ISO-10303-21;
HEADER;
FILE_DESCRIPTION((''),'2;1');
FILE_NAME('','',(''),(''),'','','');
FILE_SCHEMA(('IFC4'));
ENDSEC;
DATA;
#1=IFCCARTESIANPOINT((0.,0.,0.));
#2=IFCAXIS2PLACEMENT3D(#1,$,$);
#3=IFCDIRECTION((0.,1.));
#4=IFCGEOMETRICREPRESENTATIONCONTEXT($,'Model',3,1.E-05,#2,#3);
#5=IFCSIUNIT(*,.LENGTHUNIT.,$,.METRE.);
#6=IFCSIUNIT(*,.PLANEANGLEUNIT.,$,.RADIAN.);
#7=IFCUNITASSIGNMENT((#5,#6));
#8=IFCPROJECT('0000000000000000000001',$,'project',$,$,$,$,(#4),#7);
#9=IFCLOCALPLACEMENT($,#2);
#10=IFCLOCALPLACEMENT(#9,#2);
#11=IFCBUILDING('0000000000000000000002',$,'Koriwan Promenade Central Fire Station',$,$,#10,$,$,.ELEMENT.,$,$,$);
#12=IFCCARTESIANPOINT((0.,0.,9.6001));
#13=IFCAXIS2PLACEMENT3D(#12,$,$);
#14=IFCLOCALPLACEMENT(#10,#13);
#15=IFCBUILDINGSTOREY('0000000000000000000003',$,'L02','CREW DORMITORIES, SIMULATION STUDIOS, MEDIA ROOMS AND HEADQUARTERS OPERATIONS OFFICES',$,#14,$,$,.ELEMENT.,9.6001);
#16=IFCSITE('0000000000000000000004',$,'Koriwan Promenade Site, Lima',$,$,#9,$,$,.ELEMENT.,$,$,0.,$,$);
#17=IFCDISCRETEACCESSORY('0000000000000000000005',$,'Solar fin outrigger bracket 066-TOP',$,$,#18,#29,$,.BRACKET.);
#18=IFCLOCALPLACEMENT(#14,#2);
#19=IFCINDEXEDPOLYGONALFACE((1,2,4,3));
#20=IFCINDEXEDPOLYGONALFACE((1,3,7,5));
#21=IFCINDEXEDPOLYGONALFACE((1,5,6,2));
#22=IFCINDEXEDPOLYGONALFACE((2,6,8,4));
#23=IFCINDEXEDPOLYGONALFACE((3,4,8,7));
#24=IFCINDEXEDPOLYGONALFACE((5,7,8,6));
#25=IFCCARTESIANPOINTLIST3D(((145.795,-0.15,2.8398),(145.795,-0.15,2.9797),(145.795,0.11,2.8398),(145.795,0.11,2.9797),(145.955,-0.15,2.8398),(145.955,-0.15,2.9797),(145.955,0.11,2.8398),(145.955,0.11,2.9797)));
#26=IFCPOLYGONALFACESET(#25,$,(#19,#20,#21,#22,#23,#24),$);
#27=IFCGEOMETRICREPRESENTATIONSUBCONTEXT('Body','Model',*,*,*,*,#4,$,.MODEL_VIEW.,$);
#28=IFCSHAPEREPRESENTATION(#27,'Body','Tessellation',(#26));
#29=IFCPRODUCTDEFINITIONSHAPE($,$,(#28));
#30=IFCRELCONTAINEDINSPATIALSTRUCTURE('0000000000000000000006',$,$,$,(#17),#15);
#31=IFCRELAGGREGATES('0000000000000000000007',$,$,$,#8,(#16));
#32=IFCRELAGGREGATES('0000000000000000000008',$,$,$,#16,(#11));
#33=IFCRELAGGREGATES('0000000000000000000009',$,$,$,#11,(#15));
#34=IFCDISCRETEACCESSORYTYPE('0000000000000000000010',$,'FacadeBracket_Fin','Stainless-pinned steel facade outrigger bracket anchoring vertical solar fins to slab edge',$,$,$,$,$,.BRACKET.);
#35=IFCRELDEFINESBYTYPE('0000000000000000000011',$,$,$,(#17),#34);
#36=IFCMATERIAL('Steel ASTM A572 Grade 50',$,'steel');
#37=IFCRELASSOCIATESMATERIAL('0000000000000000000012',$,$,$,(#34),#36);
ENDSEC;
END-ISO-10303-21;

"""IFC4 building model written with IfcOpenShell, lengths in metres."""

from ifc_helpers import new_model, si_unit, direction, frame, origin, origin_2d, place, context, subcontext, project, spatial, rectangle, extrude, material, type_object, element, save


model = new_model("IFC4")

# Units and contexts
model_context = context("Model", 3, precision=1e-05, world=origin(), true_north=direction((0.0, 1.0)))
body_context = subcontext(model_context, "Body", "Model", "MODEL_VIEW")
ifc_project = project(units=[si_unit("LENGTHUNIT", "METRE"), si_unit("PLANEANGLEUNIT", "RADIAN")], contexts=[model_context])

# Site, building, storey
site_placement = place(None, origin())
site = spatial("IfcSite", under=ifc_project, at=site_placement, Name="Koriwan Promenade Site, Lima", CompositionType="ELEMENT", RefElevation=0.0)
building_placement = place(site_placement, origin())
building = spatial("IfcBuilding", under=site, at=building_placement, Name="Koriwan Promenade Central Fire Station", CompositionType="ELEMENT")
storey_placement = place(building_placement, frame((0.0, 0.0, 9.6001)))
storey = spatial("IfcBuildingStorey", under=building, at=storey_placement, Name="L02", Description="CREW DORMITORIES, SIMULATION STUDIOS, MEDIA ROOMS AND HEADQUARTERS OPERATIONS OFFICES", CompositionType="ELEMENT", Elevation=9.6001)

# Discrete accessory
ifc_material_1 = material(Name="Steel ASTM A572 Grade 50", Category="steel")
discrete_accessory_type = type_object("IfcDiscreteAccessoryType", Name="FacadeBracket_Fin", Description="Stainless-pinned steel facade outrigger bracket anchoring vertical solar fins to slab edge", PredefinedType="BRACKET", material=ifc_material_1)
for number, where, z_axis, x_axis, name in (
    (1, (145.875, -0.02, 2.8398), (0.0, 0.0, 1.0), (0.0, -1.0, 0.0), "Solar fin outrigger bracket 066-TOP"),
):
    element("IfcDiscreteAccessory", number, at=place(storey_placement, frame(where, z_axis=z_axis, x_axis=x_axis)), inside=storey, type_object=discrete_accessory_type, Name=name, PredefinedType="BRACKET", context=body_context, shape_type="SweptSolid", body=[
        extrude(rectangle(XDim=0.26, YDim=0.1599, at=origin_2d()), origin(), (0.0, 0.0, 1.0), 0.1399),
    ])

save(model, "model.ifc")
